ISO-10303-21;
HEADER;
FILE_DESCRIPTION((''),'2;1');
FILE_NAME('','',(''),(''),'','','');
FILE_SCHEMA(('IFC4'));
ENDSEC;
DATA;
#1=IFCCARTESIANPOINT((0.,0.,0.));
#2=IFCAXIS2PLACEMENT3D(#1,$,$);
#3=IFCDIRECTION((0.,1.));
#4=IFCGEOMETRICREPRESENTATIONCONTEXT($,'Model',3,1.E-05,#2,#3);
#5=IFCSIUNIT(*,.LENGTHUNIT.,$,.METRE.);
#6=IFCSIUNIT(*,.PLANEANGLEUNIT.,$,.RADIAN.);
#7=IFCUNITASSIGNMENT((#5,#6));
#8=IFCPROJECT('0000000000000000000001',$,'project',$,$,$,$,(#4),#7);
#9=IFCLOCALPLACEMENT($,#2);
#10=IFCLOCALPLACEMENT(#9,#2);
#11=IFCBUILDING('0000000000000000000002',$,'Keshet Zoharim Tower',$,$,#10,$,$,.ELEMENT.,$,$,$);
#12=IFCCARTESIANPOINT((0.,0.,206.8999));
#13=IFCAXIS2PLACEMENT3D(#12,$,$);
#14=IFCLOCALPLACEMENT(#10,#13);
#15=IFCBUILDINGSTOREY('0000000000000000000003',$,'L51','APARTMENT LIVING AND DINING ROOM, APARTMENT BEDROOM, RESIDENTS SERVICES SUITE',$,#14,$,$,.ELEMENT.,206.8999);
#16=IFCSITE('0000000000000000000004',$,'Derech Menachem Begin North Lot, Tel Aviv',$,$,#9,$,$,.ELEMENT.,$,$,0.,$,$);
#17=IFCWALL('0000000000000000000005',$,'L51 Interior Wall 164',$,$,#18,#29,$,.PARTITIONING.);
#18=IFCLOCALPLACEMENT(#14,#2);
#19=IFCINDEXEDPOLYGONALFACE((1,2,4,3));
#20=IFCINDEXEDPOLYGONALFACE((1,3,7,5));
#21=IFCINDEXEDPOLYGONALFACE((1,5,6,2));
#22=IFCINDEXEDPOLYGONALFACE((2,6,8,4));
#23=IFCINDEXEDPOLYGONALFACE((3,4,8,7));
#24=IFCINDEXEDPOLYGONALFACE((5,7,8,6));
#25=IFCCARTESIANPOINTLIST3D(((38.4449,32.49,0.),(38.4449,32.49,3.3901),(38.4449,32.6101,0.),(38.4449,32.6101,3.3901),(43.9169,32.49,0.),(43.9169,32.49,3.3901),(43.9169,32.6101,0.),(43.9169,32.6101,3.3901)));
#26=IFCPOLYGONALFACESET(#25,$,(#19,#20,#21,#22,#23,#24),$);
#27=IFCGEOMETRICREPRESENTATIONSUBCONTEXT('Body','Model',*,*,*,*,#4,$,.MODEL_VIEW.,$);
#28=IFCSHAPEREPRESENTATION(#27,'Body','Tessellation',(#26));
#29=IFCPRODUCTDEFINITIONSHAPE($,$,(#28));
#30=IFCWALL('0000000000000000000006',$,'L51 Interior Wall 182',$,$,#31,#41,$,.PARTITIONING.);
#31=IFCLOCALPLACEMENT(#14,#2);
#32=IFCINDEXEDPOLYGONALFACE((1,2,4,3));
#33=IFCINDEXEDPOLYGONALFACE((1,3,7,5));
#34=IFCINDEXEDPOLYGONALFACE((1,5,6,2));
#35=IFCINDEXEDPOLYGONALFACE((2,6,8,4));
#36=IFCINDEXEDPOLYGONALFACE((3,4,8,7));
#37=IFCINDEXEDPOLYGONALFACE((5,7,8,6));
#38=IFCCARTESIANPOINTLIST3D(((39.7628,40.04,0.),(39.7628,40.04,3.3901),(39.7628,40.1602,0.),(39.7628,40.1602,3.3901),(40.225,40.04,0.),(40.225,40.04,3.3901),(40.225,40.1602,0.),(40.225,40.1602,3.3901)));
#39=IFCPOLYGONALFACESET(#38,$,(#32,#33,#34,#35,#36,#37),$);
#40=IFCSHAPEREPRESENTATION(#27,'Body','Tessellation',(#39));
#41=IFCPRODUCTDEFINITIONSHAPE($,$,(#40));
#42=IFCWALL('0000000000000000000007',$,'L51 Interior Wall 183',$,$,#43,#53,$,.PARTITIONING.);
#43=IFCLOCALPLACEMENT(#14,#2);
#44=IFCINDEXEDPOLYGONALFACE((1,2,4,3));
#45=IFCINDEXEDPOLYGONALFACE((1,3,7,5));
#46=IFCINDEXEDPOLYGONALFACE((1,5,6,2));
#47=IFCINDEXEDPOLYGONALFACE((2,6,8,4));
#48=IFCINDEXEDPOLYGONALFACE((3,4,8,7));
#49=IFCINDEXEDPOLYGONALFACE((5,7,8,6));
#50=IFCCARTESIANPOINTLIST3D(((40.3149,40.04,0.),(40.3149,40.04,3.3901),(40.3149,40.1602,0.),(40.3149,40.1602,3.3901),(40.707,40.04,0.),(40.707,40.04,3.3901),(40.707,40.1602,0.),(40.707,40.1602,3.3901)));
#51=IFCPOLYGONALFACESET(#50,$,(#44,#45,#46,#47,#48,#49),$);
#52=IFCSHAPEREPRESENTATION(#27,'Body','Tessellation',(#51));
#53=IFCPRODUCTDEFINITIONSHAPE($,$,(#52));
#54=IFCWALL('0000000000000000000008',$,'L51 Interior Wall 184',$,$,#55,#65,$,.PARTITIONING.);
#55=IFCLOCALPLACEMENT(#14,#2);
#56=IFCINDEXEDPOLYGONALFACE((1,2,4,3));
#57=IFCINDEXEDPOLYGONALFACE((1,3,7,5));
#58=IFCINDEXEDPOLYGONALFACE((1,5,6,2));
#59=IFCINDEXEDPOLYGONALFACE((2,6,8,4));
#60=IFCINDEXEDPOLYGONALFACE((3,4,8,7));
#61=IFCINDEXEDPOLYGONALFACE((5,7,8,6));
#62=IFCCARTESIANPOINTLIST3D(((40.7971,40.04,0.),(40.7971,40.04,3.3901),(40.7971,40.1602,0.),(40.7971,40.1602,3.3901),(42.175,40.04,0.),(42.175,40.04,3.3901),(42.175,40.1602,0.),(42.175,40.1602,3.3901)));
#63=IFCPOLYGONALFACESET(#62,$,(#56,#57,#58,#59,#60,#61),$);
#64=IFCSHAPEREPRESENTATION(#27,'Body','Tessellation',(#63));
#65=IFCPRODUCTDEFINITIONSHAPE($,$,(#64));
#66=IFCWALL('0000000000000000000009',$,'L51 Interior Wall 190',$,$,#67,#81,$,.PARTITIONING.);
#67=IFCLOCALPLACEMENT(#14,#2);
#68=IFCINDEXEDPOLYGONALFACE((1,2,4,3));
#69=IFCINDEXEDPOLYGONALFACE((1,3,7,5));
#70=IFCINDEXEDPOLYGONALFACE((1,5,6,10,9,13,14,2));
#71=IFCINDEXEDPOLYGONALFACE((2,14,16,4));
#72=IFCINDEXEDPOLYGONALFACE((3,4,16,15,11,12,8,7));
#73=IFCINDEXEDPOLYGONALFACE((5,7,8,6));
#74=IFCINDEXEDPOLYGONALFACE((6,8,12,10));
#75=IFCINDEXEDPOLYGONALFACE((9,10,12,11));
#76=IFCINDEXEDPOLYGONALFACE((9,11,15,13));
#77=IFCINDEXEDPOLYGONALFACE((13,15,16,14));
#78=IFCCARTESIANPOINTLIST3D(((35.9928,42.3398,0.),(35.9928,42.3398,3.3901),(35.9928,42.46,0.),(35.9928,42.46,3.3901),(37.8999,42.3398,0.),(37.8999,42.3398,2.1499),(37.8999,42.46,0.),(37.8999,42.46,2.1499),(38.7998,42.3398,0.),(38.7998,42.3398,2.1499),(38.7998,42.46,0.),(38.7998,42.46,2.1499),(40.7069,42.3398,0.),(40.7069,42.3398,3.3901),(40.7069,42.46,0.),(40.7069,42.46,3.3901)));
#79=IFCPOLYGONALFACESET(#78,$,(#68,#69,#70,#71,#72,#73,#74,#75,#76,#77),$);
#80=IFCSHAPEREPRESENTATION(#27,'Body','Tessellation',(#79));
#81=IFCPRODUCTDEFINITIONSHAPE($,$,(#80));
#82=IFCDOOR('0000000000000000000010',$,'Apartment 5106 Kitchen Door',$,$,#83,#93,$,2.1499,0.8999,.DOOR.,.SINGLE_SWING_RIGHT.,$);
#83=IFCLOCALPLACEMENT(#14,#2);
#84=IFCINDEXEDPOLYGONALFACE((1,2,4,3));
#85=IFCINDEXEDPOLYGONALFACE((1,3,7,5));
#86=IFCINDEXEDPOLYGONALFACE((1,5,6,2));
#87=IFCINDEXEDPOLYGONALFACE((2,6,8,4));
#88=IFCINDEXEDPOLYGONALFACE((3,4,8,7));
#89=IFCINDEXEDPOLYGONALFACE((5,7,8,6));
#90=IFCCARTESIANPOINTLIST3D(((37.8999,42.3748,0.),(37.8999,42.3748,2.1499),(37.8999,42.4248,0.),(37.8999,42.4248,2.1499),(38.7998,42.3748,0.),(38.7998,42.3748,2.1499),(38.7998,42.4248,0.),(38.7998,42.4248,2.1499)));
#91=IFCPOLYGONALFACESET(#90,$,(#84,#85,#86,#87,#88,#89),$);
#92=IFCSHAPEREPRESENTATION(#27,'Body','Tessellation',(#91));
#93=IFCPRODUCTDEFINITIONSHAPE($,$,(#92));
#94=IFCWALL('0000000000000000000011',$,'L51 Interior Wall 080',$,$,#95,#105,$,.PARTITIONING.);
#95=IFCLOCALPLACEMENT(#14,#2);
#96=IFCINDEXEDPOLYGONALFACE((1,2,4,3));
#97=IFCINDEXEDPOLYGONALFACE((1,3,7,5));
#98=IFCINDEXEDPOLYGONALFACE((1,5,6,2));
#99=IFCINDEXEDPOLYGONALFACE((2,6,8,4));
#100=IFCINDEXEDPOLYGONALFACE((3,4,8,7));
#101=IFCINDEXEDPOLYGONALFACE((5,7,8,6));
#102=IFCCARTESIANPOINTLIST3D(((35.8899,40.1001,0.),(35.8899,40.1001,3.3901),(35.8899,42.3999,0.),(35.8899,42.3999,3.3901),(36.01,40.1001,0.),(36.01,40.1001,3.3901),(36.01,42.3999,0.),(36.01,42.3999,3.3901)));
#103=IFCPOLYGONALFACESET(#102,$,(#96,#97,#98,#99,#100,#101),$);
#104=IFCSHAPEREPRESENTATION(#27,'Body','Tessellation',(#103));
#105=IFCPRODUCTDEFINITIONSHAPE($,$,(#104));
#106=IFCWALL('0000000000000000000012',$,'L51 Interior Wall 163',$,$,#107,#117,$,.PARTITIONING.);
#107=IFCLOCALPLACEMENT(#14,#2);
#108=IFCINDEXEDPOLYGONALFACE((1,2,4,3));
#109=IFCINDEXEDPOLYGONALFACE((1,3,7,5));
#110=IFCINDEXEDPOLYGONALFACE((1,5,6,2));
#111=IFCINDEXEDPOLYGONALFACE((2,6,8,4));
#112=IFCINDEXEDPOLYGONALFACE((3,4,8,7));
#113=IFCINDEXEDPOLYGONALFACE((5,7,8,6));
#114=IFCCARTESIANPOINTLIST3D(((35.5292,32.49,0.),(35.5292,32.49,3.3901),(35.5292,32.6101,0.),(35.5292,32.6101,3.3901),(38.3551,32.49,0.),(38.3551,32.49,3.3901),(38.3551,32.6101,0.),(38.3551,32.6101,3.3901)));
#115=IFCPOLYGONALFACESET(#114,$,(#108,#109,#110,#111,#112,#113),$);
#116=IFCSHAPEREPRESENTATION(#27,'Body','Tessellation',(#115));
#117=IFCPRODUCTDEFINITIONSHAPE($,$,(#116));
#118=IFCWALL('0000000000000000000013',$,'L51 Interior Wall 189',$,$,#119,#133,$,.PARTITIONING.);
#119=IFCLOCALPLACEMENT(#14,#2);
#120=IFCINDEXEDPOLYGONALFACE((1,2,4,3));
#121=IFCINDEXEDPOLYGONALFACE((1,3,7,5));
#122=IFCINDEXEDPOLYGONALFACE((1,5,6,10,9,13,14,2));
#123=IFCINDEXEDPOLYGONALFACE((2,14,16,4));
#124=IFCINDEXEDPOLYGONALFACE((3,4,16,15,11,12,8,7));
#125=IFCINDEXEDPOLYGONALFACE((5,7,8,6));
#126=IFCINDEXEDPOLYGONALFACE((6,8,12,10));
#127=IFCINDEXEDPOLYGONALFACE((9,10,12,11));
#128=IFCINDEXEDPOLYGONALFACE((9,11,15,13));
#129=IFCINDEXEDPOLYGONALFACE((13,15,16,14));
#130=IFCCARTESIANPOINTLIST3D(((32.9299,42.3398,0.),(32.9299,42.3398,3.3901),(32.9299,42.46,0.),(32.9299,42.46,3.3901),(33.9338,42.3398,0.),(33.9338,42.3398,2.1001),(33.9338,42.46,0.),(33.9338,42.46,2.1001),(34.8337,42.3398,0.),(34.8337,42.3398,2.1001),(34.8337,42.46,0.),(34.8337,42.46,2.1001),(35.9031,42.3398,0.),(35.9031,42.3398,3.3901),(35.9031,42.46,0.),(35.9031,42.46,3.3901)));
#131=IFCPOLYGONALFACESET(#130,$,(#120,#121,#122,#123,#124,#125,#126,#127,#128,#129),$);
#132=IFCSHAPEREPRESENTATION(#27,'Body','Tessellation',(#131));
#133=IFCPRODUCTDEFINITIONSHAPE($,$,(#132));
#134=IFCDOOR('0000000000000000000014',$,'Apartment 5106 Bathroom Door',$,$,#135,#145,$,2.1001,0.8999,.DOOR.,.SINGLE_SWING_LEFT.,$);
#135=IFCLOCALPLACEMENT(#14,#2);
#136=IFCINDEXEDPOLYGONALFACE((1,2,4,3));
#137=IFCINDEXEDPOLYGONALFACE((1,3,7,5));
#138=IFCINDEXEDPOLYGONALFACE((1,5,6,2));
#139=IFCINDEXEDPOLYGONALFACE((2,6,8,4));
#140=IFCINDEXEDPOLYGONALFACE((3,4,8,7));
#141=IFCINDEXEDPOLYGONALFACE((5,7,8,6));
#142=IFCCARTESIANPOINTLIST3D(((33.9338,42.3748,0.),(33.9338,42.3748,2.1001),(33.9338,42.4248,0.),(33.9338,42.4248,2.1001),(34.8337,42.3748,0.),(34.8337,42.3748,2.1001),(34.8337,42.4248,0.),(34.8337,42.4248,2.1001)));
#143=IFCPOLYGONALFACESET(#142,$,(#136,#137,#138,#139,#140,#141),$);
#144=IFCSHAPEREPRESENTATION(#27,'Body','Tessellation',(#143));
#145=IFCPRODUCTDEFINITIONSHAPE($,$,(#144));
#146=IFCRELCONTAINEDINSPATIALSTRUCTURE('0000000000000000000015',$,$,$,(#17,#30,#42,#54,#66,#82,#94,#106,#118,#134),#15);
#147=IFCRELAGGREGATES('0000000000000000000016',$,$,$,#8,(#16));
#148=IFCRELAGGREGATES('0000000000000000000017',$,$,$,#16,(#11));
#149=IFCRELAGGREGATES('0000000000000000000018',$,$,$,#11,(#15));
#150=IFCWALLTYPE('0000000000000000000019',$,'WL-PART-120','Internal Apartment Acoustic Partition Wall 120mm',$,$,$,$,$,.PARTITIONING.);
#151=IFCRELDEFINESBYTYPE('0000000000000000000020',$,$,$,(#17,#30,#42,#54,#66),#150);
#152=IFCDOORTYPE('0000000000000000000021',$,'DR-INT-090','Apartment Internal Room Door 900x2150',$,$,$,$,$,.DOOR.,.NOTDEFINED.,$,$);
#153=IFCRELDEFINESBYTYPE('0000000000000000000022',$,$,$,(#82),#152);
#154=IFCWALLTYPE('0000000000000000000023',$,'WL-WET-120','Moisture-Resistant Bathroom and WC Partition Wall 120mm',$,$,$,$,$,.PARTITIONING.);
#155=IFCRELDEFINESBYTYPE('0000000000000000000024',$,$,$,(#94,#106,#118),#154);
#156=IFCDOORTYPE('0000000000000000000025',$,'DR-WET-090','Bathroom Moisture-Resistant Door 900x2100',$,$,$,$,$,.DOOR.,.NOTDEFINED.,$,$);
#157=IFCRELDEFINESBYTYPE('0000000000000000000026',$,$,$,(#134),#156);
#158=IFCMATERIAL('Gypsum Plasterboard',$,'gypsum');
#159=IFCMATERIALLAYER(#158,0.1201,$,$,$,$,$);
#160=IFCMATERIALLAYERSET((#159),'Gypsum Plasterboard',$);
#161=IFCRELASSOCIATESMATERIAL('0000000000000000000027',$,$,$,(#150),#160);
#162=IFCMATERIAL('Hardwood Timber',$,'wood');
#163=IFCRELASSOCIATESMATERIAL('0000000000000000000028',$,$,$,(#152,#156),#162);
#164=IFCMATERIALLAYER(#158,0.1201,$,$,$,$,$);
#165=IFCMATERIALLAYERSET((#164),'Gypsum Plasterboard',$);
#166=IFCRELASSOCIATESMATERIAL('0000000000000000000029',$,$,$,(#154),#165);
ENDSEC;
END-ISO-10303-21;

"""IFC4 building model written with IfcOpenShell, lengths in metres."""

from ifc_helpers import new_model, si_unit, direction, frame, frame_2d, origin, place, context, subcontext, project, spatial, rectangle, extrude, material, layer, layer_set, type_object, element, fill, save


model = new_model("IFC4")

# Units and contexts
model_context = context("Model", 3, precision=1e-05, world=origin(), true_north=direction((0.0, 1.0)))
body_context = subcontext(model_context, "Body", "Model", "MODEL_VIEW")
ifc_project = project(units=[si_unit("LENGTHUNIT", "METRE"), si_unit("PLANEANGLEUNIT", "RADIAN")], contexts=[model_context])

# Site, building, storey
site_placement = place(None, origin())
site = spatial("IfcSite", under=ifc_project, at=site_placement, Name="Derech Menachem Begin North Lot, Tel Aviv", CompositionType="ELEMENT", RefElevation=0.0)
building_placement = place(site_placement, origin())
building = spatial("IfcBuilding", under=site, at=building_placement, Name="Keshet Zoharim Tower", CompositionType="ELEMENT")
storey_placement = place(building_placement, frame((0.0, 0.0, 206.8999)))
storey = spatial("IfcBuildingStorey", under=building, at=storey_placement, Name="L51", Description="APARTMENT LIVING AND DINING ROOM, APARTMENT BEDROOM, RESIDENTS SERVICES SUITE", CompositionType="ELEMENT", Elevation=206.8999)

# Shared definitions
ifc_material_1 = material(Name="Gypsum Plasterboard", Category="gypsum")

# Shared definitions
ifc_material_2 = material(Name="Hardwood Timber", Category="wood")

# Walls
ifc_layer_1 = layer(ifc_material_1, 0.1201)
ifc_layer_set_1 = layer_set([ifc_layer_1], Name="Gypsum Plasterboard")
wall_type_1 = type_object("IfcWallType", Name="WL-PART-120", Description="Internal Apartment Acoustic Partition Wall 120mm", PredefinedType="PARTITIONING", material=ifc_layer_set_1)
wall_1_placement = place(storey_placement, frame((38.4451, 32.55, 0.0), z_axis=(0.0, 0.0, 1.0), x_axis=(1.0, 0.0, 0.0)))
element("IfcWall", 1, at=wall_1_placement, inside=storey, type_object=wall_type_1, Name="L51 Interior Wall 164", PredefinedType="PARTITIONING", context=body_context, shape_type="SweptSolid", body=[
    extrude(rectangle(XDim=5.4719, YDim=0.1201, at=frame_2d((2.7358, 0.0))), origin(), (0.0, 0.0, 1.0), 3.3901),
])
wall_2_placement = place(storey_placement, frame((39.7629, 40.1001, 0.0), z_axis=(0.0, 0.0, 1.0), x_axis=(1.0, 0.0, 0.0)))
element("IfcWall", 2, at=wall_2_placement, inside=storey, type_object=wall_type_1, Name="L51 Interior Wall 182", PredefinedType="PARTITIONING", context=body_context, shape_type="SweptSolid", body=[
    extrude(rectangle(XDim=0.4622, YDim=0.1201, at=frame_2d((0.231, 0.0))), origin(), (0.0, 0.0, 1.0), 3.3901),
])
wall_3_placement = place(storey_placement, frame((40.3149, 40.1001, 0.0), z_axis=(0.0, 0.0, 1.0), x_axis=(1.0, 0.0, 0.0)))
element("IfcWall", 3, at=wall_3_placement, inside=storey, type_object=wall_type_1, Name="L51 Interior Wall 183", PredefinedType="PARTITIONING", context=body_context, shape_type="SweptSolid", body=[
    extrude(rectangle(XDim=0.3921, YDim=0.1201, at=frame_2d((0.196, 0.0))), origin(), (0.0, 0.0, 1.0), 3.3901),
])
wall_4_placement = place(storey_placement, frame((40.7971, 40.1001, 0.0), z_axis=(0.0, 0.0, 1.0), x_axis=(1.0, 0.0, 0.0)))
element("IfcWall", 4, at=wall_4_placement, inside=storey, type_object=wall_type_1, Name="L51 Interior Wall 184", PredefinedType="PARTITIONING", context=body_context, shape_type="SweptSolid", body=[
    extrude(rectangle(XDim=1.3779, YDim=0.1201, at=frame_2d((0.689, 0.0))), origin(), (0.0, 0.0, 1.0), 3.3901),
])

# Wall, opening, door
wall_5_placement = place(storey_placement, frame((35.9929, 42.3999, 0.0), z_axis=(0.0, 0.0, 1.0), x_axis=(1.0, 0.0, 0.0)))
wall_5 = element("IfcWall", 5, at=wall_5_placement, inside=storey, type_object=wall_type_1, Name="L51 Interior Wall 190", PredefinedType="PARTITIONING", context=body_context, shape_type="SweptSolid", body=[
    extrude(rectangle(XDim=4.7141, YDim=0.1201, at=frame_2d((2.3569, 0.0))), origin(), (0.0, 0.0, 1.0), 3.3901),
])
opening_1_placement = place(wall_5_placement, frame((1.907, 0.0, 0.0)))
opening_1 = element("IfcOpeningElement", 6, at=opening_1_placement, cuts=wall_5, PredefinedType="OPENING", context=body_context, shape_type="SweptSolid", body=[
    extrude(rectangle(XDim=0.8999, YDim=2.1499, at=frame_2d((0.45, 1.075))), frame((0.0, 0.0701, 0.0), z_axis=(0.0, -1.0, 0.0), x_axis=(1.0, 0.0, 0.0)), (0.0, 0.0, 1.0), 0.1401),
])
door_type_1 = type_object("IfcDoorType", Name="DR-INT-090", Description="Apartment Internal Room Door 900x2150", OperationType="NOTDEFINED", PredefinedType="DOOR", material=ifc_material_2)
door_1_placement = place(opening_1_placement, origin())
door_1 = element("IfcDoor", 7, at=door_1_placement, inside=storey, type_object=door_type_1, Name="Apartment 5106 Kitchen Door", OperationType="SINGLE_SWING_RIGHT", OverallHeight=2.1499, OverallWidth=0.8999, PredefinedType="DOOR", context=body_context, shape_type="SweptSolid", body=[
    extrude(rectangle(XDim=0.8999, YDim=2.1499, at=frame_2d((0.45, 1.075))), frame((0.0, 0.0249, 0.0), z_axis=(0.0, -1.0, 0.0), x_axis=(1.0, 0.0, 0.0)), (0.0, 0.0, 1.0), 0.05),
])
fill(opening_1, door_1)

# Walls
ifc_layer_2 = layer(ifc_material_1, 0.1201)
ifc_layer_set_2 = layer_set([ifc_layer_2], Name="Gypsum Plasterboard")
wall_type_2 = type_object("IfcWallType", Name="WL-WET-120", Description="Moisture-Resistant Bathroom and WC Partition Wall 120mm", PredefinedType="PARTITIONING", material=ifc_layer_set_2)
wall_6_placement = place(storey_placement, frame((35.95, 40.1001, 0.0), z_axis=(0.0, 0.0, 1.0), x_axis=(0.0, 1.0, 0.0)))
element("IfcWall", 8, at=wall_6_placement, inside=storey, type_object=wall_type_2, Name="L51 Interior Wall 080", PredefinedType="PARTITIONING", context=body_context, shape_type="SweptSolid", body=[
    extrude(rectangle(XDim=2.2998, YDim=0.1201, at=frame_2d((1.1499, 0.0))), origin(), (0.0, 0.0, 1.0), 3.3901),
])
wall_7_placement = place(storey_placement, frame((35.5291, 32.55, 0.0), z_axis=(0.0, 0.0, 1.0), x_axis=(1.0, 0.0, 0.0)))
element("IfcWall", 9, at=wall_7_placement, inside=storey, type_object=wall_type_2, Name="L51 Interior Wall 163", PredefinedType="PARTITIONING", context=body_context, shape_type="SweptSolid", body=[
    extrude(rectangle(XDim=2.8259, YDim=0.1201, at=frame_2d((1.4131, 0.0))), origin(), (0.0, 0.0, 1.0), 3.3901),
])

# Wall, opening, door
wall_8_placement = place(storey_placement, frame((32.9299, 42.3999, 0.0), z_axis=(0.0, 0.0, 1.0), x_axis=(1.0, 0.0, 0.0)))
wall_8 = element("IfcWall", 10, at=wall_8_placement, inside=storey, type_object=wall_type_2, Name="L51 Interior Wall 189", PredefinedType="PARTITIONING", context=body_context, shape_type="SweptSolid", body=[
    extrude(rectangle(XDim=2.9731, YDim=0.1201, at=frame_2d((1.4866, 0.0))), origin(), (0.0, 0.0, 1.0), 3.3901),
])
opening_2_placement = place(wall_8_placement, frame((1.0039, 0.0, 0.0)))
opening_2 = element("IfcOpeningElement", 11, at=opening_2_placement, cuts=wall_8, PredefinedType="OPENING", context=body_context, shape_type="SweptSolid", body=[
    extrude(rectangle(XDim=0.8999, YDim=2.1001, at=frame_2d((0.45, 1.05))), frame((0.0, 0.0701, 0.0), z_axis=(0.0, -1.0, 0.0), x_axis=(1.0, 0.0, 0.0)), (0.0, 0.0, 1.0), 0.1401),
])
door_type_2 = type_object("IfcDoorType", Name="DR-WET-090", Description="Bathroom Moisture-Resistant Door 900x2100", OperationType="NOTDEFINED", PredefinedType="DOOR", material=ifc_material_2)
door_2_placement = place(opening_2_placement, origin())
door_2 = element("IfcDoor", 12, at=door_2_placement, inside=storey, type_object=door_type_2, Name="Apartment 5106 Bathroom Door", OperationType="SINGLE_SWING_LEFT", OverallHeight=2.1001, OverallWidth=0.8999, PredefinedType="DOOR", context=body_context, shape_type="SweptSolid", body=[
    extrude(rectangle(XDim=0.8999, YDim=2.1001, at=frame_2d((0.45, 1.05))), frame((0.0, 0.0249, 0.0), z_axis=(0.0, -1.0, 0.0), x_axis=(1.0, 0.0, 0.0)), (0.0, 0.0, 1.0), 0.05),
])
fill(opening_2, door_2)

save(model, "model.ifc")
